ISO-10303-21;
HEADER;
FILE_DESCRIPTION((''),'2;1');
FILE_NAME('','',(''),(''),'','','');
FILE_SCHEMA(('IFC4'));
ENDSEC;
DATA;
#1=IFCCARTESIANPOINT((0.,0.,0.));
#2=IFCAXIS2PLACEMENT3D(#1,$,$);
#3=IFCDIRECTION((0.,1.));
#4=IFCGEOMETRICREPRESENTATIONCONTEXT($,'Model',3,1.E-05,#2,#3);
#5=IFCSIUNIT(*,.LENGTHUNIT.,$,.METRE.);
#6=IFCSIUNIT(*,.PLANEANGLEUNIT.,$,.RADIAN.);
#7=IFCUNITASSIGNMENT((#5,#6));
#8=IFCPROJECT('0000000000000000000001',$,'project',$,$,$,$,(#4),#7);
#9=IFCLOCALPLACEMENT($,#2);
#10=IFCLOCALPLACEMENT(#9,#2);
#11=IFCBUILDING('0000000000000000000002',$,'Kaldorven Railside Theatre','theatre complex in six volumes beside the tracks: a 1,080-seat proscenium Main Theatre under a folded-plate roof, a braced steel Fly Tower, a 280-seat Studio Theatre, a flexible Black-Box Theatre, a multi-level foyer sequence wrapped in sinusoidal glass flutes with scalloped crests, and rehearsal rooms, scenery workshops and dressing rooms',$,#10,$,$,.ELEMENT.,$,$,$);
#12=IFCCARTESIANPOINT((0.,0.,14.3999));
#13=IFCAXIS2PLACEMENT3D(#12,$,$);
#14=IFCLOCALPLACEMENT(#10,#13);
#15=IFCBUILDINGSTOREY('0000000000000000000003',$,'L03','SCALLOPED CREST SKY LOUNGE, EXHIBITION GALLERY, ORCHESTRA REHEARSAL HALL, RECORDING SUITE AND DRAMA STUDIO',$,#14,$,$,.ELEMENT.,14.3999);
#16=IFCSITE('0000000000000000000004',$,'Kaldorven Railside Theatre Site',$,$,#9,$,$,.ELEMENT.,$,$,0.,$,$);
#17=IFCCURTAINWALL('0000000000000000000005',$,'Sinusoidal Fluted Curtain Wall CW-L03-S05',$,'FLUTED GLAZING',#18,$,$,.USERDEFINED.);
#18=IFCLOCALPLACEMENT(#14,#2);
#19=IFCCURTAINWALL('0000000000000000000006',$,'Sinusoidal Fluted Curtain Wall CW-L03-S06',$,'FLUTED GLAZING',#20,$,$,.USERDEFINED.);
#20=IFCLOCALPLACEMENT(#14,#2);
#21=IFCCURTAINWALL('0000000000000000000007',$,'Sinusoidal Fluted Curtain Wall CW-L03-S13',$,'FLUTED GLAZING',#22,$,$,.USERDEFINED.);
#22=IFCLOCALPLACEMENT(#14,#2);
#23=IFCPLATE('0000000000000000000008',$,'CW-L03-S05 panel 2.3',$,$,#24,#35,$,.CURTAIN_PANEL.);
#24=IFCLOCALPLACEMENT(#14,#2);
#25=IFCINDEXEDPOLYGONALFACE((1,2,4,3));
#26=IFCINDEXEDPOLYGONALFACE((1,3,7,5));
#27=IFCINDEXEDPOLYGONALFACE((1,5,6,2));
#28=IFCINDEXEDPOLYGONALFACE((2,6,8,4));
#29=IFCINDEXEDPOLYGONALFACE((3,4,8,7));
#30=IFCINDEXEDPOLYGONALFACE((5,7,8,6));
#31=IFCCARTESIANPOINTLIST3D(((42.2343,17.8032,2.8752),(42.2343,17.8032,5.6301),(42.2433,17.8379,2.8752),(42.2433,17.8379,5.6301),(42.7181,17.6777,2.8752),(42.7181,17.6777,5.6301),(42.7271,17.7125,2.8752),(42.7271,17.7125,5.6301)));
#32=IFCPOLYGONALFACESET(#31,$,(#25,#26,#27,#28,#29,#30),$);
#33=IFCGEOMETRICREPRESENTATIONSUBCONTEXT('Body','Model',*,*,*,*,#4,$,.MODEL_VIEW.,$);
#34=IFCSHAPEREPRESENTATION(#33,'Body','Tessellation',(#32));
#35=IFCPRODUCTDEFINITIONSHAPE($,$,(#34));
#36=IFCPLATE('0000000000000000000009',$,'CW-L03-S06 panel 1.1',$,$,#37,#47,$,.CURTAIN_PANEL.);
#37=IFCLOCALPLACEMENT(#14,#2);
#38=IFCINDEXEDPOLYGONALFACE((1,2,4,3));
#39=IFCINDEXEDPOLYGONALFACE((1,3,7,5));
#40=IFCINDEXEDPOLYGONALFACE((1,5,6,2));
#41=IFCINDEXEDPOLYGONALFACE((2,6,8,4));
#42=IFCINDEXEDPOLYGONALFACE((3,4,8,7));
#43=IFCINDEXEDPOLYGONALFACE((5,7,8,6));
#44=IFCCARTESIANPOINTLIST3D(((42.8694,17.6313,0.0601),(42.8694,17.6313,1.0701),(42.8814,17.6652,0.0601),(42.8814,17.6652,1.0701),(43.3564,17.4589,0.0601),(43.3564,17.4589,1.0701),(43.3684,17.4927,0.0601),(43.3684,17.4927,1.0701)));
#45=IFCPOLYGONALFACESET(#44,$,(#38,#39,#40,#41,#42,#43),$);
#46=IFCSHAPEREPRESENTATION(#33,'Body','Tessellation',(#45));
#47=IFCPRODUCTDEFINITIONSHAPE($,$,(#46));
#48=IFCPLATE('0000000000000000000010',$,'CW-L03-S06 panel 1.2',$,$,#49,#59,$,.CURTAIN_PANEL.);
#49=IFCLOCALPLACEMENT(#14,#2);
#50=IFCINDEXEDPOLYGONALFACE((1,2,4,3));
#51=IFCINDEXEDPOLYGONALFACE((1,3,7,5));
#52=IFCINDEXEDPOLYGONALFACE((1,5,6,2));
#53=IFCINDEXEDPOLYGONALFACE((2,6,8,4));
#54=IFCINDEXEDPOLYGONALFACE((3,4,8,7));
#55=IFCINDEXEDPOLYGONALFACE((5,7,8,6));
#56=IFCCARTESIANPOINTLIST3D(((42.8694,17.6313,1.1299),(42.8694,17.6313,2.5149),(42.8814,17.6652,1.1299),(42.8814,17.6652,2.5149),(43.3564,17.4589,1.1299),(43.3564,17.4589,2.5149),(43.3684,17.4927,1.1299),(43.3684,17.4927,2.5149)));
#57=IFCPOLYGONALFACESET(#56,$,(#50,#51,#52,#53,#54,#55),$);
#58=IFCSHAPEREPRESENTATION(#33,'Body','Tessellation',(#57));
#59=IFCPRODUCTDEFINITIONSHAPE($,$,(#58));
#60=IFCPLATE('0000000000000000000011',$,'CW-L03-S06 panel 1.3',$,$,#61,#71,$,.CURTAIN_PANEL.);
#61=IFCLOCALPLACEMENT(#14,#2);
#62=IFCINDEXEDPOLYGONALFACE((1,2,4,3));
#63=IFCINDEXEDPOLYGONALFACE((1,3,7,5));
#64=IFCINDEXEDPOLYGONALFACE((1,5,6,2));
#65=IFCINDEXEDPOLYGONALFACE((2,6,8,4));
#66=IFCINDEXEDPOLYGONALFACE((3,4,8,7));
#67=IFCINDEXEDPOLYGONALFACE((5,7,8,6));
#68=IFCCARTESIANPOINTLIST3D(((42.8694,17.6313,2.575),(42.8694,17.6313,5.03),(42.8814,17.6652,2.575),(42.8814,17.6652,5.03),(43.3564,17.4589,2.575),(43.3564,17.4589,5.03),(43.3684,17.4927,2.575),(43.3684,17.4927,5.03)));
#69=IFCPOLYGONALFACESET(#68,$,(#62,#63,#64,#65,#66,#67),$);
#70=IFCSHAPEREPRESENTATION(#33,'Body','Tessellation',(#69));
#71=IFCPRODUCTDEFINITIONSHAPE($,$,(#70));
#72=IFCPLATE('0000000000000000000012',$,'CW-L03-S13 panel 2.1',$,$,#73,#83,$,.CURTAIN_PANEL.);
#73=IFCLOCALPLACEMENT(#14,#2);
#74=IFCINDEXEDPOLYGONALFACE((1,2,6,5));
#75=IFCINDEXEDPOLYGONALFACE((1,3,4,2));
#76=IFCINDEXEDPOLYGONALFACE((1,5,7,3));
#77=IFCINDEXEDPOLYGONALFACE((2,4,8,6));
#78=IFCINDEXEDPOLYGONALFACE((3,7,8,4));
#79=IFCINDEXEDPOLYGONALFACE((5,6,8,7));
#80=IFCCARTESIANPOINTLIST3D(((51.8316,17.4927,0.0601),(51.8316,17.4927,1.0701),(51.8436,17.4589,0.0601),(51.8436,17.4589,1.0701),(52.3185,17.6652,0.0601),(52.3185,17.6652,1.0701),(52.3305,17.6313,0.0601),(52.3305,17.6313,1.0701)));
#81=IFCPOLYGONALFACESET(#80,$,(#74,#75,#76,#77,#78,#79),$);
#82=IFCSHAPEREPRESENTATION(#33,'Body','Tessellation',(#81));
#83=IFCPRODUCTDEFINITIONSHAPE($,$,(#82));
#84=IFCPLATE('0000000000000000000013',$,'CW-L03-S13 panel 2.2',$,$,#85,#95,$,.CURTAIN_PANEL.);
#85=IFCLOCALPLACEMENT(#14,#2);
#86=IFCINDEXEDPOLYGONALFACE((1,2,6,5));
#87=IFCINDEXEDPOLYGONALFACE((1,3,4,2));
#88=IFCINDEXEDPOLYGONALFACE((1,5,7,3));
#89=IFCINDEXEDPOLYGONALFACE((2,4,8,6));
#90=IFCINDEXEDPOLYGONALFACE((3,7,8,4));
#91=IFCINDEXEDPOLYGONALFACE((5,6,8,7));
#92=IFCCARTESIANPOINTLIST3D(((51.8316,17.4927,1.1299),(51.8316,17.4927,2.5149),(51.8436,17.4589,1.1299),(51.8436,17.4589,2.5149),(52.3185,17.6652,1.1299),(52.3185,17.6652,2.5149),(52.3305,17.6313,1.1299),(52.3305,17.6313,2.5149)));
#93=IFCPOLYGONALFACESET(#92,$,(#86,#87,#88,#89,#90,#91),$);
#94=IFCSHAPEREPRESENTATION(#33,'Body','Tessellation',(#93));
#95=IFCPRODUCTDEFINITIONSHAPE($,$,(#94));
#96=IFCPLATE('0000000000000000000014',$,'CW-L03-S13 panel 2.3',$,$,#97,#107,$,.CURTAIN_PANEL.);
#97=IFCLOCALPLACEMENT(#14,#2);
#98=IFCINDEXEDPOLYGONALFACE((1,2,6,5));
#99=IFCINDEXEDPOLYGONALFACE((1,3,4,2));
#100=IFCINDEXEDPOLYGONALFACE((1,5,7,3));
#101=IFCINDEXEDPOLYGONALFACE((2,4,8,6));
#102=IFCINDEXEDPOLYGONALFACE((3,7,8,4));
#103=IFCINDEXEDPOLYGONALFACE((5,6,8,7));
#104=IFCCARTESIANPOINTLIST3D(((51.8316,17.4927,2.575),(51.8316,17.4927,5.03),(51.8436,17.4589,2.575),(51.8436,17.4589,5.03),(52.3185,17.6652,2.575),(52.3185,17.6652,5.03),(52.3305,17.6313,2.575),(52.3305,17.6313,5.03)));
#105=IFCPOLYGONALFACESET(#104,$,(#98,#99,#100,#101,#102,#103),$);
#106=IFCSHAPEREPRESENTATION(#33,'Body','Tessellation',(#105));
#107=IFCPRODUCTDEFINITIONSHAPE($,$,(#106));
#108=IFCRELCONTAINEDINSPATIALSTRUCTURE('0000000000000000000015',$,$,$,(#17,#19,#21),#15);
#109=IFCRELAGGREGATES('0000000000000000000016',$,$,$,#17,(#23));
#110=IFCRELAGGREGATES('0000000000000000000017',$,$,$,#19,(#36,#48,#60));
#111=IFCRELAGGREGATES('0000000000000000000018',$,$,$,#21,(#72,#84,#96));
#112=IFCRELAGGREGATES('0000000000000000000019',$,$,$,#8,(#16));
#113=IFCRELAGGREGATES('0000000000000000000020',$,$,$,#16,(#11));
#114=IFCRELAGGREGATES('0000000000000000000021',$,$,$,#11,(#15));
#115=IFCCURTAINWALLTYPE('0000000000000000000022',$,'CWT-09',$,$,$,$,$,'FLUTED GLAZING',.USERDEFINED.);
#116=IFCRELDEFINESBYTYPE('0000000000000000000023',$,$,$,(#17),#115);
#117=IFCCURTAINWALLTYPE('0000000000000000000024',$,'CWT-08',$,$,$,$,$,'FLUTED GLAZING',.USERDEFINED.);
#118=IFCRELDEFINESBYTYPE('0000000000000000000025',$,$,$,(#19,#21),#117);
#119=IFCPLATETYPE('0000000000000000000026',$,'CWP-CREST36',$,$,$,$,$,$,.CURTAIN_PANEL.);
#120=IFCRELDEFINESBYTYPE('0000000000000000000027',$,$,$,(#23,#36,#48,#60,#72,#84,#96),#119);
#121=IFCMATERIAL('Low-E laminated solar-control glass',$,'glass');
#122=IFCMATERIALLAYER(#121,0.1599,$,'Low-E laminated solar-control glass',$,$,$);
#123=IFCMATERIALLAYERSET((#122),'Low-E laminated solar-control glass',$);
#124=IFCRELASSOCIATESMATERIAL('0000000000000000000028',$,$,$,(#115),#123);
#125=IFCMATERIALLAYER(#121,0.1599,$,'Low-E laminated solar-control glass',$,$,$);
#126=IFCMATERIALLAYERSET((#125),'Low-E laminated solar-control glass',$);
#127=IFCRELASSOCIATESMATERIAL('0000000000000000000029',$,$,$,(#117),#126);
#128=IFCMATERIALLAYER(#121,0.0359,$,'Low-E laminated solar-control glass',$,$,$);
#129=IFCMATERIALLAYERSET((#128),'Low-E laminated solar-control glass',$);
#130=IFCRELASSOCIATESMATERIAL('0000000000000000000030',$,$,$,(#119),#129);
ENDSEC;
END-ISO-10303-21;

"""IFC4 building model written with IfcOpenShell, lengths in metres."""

from ifc_helpers import new_model, si_unit, direction, frame, origin, origin_2d, place, context, subcontext, project, spatial, rectangle, extrude, material, layer, layer_set, type_object, element, aggregate, save


model = new_model("IFC4")

# Units and contexts
model_context = context("Model", 3, precision=1e-05, world=origin(), true_north=direction((0.0, 1.0)))
body_context = subcontext(model_context, "Body", "Model", "MODEL_VIEW")
ifc_project = project(units=[si_unit("LENGTHUNIT", "METRE"), si_unit("PLANEANGLEUNIT", "RADIAN")], contexts=[model_context])

# Site, building, storey
site_placement = place(None, origin())
site = spatial("IfcSite", under=ifc_project, at=site_placement, Name="Kaldorven Railside Theatre Site", CompositionType="ELEMENT", RefElevation=0.0)
building_placement = place(site_placement, origin())
building = spatial("IfcBuilding", under=site, at=building_placement, Name="Kaldorven Railside Theatre", Description="theatre complex in six volumes beside the tracks: a 1,080-seat proscenium Main Theatre under a folded-plate roof, a braced steel Fly Tower, a 280-seat Studio Theatre, a flexible Black-Box Theatre, a multi-level foyer sequence wrapped in sinusoidal glass flutes with scalloped crests, and rehearsal rooms, scenery workshops and dressing rooms", CompositionType="ELEMENT")
storey_placement = place(building_placement, frame((0.0, 0.0, 14.3999)))
storey = spatial("IfcBuildingStorey", under=building, at=storey_placement, Name="L03", Description="SCALLOPED CREST SKY LOUNGE, EXHIBITION GALLERY, ORCHESTRA REHEARSAL HALL, RECORDING SUITE AND DRAMA STUDIO", CompositionType="ELEMENT", Elevation=14.3999)

# Shared definitions
ifc_material_1 = material(Name="Low-E laminated solar-control glass", Category="glass")

# Curtain wall
ifc_layer_1 = layer(ifc_material_1, 0.1599, Name="Low-E laminated solar-control glass")
ifc_layer_set_1 = layer_set([ifc_layer_1], Name="Low-E laminated solar-control glass")
curtain_wall_type_1 = type_object("IfcCurtainWallType", Name="CWT-09", ElementType="FLUTED GLAZING", PredefinedType="USERDEFINED", material=ifc_layer_set_1)
curtain_wall_1_placement = place(storey_placement, origin())
curtain_wall_1 = element("IfcCurtainWall", 1, at=curtain_wall_1_placement, inside=storey, type_object=curtain_wall_type_1, Name="Sinusoidal Fluted Curtain Wall CW-L03-S05", ObjectType="FLUTED GLAZING", PredefinedType="USERDEFINED")

# Curtain walls
ifc_layer_2 = layer(ifc_material_1, 0.1599, Name="Low-E laminated solar-control glass")
ifc_layer_set_2 = layer_set([ifc_layer_2], Name="Low-E laminated solar-control glass")
curtain_wall_type_2 = type_object("IfcCurtainWallType", Name="CWT-08", ElementType="FLUTED GLAZING", PredefinedType="USERDEFINED", material=ifc_layer_set_2)
curtain_wall_2_placement = place(storey_placement, origin())
curtain_wall_2 = element("IfcCurtainWall", 2, at=curtain_wall_2_placement, inside=storey, type_object=curtain_wall_type_2, Name="Sinusoidal Fluted Curtain Wall CW-L03-S06", ObjectType="FLUTED GLAZING", PredefinedType="USERDEFINED")
curtain_wall_3_placement = place(storey_placement, origin())
curtain_wall_3 = element("IfcCurtainWall", 3, at=curtain_wall_3_placement, inside=storey, type_object=curtain_wall_type_2, Name="Sinusoidal Fluted Curtain Wall CW-L03-S13", ObjectType="FLUTED GLAZING", PredefinedType="USERDEFINED")

# Plates
ifc_layer_3 = layer(ifc_material_1, 0.0359, Name="Low-E laminated solar-control glass")
ifc_layer_set_3 = layer_set([ifc_layer_3], Name="Low-E laminated solar-control glass")
plate_type = type_object("IfcPlateType", Name="CWP-CREST36", PredefinedType="CURTAIN_PANEL", material=ifc_layer_set_3)
plate_1_placement = place(storey_placement, frame((42.4807, 17.7578, 2.8752), z_axis=(0.0, 0.0, 1.0), x_axis=(0.967999, -0.250954, 0.0)))
plate_1 = element("IfcPlate", 4, at=plate_1_placement, type_object=plate_type, Name="CW-L03-S05 panel 2.3", PredefinedType="CURTAIN_PANEL", context=body_context, shape_type="SweptSolid", body=[
    extrude(rectangle(XDim=0.4998, YDim=0.0359, at=origin_2d()), origin(), (0.0, 0.0, 1.0), 2.7549),
])
aggregate(curtain_wall_1, [plate_1])
plate_2_placement = place(storey_placement, frame((43.1189, 17.562, 0.0601), z_axis=(0.0, 0.0, 1.0), x_axis=(0.942627, -0.333847, 0.0)))
plate_2 = element("IfcPlate", 5, at=plate_2_placement, type_object=plate_type, Name="CW-L03-S06 panel 1.1", PredefinedType="CURTAIN_PANEL", context=body_context, shape_type="SweptSolid", body=[
    extrude(rectangle(XDim=0.5166, YDim=0.0359, at=origin_2d()), origin(), (0.0, 0.0, 1.0), 1.01),
])
plate_3_placement = place(storey_placement, frame((43.1189, 17.562, 1.1299), z_axis=(0.0, 0.0, 1.0), x_axis=(0.942627, -0.333847, 0.0)))
plate_3 = element("IfcPlate", 6, at=plate_3_placement, type_object=plate_type, Name="CW-L03-S06 panel 1.2", PredefinedType="CURTAIN_PANEL", context=body_context, shape_type="SweptSolid", body=[
    extrude(rectangle(XDim=0.5166, YDim=0.0359, at=origin_2d()), origin(), (0.0, 0.0, 1.0), 1.385),
])
plate_4_placement = place(storey_placement, frame((43.1189, 17.562, 2.575), z_axis=(0.0, 0.0, 1.0), x_axis=(0.942627, -0.333847, 0.0)))
plate_4 = element("IfcPlate", 7, at=plate_4_placement, type_object=plate_type, Name="CW-L03-S06 panel 1.3", PredefinedType="CURTAIN_PANEL", context=body_context, shape_type="SweptSolid", body=[
    extrude(rectangle(XDim=0.5166, YDim=0.0359, at=origin_2d()), origin(), (0.0, 0.0, 1.0), 2.4551),
])
aggregate(curtain_wall_2, [plate_2, plate_3, plate_4])
plate_5_placement = place(storey_placement, frame((52.0811, 17.562, 0.0601), z_axis=(0.0, 0.0, 1.0), x_axis=(0.942627, 0.333847, 0.0)))
plate_5 = element("IfcPlate", 8, at=plate_5_placement, type_object=plate_type, Name="CW-L03-S13 panel 2.1", PredefinedType="CURTAIN_PANEL", context=body_context, shape_type="SweptSolid", body=[
    extrude(rectangle(XDim=0.5166, YDim=0.0359, at=origin_2d()), origin(), (0.0, 0.0, 1.0), 1.01),
])
plate_6_placement = place(storey_placement, frame((52.0811, 17.562, 1.1299), z_axis=(0.0, 0.0, 1.0), x_axis=(0.942627, 0.333847, 0.0)))
plate_6 = element("IfcPlate", 9, at=plate_6_placement, type_object=plate_type, Name="CW-L03-S13 panel 2.2", PredefinedType="CURTAIN_PANEL", context=body_context, shape_type="SweptSolid", body=[
    extrude(rectangle(XDim=0.5166, YDim=0.0359, at=origin_2d()), origin(), (0.0, 0.0, 1.0), 1.385),
])
plate_7_placement = place(storey_placement, frame((52.0811, 17.562, 2.575), z_axis=(0.0, 0.0, 1.0), x_axis=(0.942627, 0.333847, 0.0)))
plate_7 = element("IfcPlate", 10, at=plate_7_placement, type_object=plate_type, Name="CW-L03-S13 panel 2.3", PredefinedType="CURTAIN_PANEL", context=body_context, shape_type="SweptSolid", body=[
    extrude(rectangle(XDim=0.5166, YDim=0.0359, at=origin_2d()), origin(), (0.0, 0.0, 1.0), 2.4551),
])
aggregate(curtain_wall_3, [plate_5, plate_6, plate_7])

save(model, "model.ifc")
